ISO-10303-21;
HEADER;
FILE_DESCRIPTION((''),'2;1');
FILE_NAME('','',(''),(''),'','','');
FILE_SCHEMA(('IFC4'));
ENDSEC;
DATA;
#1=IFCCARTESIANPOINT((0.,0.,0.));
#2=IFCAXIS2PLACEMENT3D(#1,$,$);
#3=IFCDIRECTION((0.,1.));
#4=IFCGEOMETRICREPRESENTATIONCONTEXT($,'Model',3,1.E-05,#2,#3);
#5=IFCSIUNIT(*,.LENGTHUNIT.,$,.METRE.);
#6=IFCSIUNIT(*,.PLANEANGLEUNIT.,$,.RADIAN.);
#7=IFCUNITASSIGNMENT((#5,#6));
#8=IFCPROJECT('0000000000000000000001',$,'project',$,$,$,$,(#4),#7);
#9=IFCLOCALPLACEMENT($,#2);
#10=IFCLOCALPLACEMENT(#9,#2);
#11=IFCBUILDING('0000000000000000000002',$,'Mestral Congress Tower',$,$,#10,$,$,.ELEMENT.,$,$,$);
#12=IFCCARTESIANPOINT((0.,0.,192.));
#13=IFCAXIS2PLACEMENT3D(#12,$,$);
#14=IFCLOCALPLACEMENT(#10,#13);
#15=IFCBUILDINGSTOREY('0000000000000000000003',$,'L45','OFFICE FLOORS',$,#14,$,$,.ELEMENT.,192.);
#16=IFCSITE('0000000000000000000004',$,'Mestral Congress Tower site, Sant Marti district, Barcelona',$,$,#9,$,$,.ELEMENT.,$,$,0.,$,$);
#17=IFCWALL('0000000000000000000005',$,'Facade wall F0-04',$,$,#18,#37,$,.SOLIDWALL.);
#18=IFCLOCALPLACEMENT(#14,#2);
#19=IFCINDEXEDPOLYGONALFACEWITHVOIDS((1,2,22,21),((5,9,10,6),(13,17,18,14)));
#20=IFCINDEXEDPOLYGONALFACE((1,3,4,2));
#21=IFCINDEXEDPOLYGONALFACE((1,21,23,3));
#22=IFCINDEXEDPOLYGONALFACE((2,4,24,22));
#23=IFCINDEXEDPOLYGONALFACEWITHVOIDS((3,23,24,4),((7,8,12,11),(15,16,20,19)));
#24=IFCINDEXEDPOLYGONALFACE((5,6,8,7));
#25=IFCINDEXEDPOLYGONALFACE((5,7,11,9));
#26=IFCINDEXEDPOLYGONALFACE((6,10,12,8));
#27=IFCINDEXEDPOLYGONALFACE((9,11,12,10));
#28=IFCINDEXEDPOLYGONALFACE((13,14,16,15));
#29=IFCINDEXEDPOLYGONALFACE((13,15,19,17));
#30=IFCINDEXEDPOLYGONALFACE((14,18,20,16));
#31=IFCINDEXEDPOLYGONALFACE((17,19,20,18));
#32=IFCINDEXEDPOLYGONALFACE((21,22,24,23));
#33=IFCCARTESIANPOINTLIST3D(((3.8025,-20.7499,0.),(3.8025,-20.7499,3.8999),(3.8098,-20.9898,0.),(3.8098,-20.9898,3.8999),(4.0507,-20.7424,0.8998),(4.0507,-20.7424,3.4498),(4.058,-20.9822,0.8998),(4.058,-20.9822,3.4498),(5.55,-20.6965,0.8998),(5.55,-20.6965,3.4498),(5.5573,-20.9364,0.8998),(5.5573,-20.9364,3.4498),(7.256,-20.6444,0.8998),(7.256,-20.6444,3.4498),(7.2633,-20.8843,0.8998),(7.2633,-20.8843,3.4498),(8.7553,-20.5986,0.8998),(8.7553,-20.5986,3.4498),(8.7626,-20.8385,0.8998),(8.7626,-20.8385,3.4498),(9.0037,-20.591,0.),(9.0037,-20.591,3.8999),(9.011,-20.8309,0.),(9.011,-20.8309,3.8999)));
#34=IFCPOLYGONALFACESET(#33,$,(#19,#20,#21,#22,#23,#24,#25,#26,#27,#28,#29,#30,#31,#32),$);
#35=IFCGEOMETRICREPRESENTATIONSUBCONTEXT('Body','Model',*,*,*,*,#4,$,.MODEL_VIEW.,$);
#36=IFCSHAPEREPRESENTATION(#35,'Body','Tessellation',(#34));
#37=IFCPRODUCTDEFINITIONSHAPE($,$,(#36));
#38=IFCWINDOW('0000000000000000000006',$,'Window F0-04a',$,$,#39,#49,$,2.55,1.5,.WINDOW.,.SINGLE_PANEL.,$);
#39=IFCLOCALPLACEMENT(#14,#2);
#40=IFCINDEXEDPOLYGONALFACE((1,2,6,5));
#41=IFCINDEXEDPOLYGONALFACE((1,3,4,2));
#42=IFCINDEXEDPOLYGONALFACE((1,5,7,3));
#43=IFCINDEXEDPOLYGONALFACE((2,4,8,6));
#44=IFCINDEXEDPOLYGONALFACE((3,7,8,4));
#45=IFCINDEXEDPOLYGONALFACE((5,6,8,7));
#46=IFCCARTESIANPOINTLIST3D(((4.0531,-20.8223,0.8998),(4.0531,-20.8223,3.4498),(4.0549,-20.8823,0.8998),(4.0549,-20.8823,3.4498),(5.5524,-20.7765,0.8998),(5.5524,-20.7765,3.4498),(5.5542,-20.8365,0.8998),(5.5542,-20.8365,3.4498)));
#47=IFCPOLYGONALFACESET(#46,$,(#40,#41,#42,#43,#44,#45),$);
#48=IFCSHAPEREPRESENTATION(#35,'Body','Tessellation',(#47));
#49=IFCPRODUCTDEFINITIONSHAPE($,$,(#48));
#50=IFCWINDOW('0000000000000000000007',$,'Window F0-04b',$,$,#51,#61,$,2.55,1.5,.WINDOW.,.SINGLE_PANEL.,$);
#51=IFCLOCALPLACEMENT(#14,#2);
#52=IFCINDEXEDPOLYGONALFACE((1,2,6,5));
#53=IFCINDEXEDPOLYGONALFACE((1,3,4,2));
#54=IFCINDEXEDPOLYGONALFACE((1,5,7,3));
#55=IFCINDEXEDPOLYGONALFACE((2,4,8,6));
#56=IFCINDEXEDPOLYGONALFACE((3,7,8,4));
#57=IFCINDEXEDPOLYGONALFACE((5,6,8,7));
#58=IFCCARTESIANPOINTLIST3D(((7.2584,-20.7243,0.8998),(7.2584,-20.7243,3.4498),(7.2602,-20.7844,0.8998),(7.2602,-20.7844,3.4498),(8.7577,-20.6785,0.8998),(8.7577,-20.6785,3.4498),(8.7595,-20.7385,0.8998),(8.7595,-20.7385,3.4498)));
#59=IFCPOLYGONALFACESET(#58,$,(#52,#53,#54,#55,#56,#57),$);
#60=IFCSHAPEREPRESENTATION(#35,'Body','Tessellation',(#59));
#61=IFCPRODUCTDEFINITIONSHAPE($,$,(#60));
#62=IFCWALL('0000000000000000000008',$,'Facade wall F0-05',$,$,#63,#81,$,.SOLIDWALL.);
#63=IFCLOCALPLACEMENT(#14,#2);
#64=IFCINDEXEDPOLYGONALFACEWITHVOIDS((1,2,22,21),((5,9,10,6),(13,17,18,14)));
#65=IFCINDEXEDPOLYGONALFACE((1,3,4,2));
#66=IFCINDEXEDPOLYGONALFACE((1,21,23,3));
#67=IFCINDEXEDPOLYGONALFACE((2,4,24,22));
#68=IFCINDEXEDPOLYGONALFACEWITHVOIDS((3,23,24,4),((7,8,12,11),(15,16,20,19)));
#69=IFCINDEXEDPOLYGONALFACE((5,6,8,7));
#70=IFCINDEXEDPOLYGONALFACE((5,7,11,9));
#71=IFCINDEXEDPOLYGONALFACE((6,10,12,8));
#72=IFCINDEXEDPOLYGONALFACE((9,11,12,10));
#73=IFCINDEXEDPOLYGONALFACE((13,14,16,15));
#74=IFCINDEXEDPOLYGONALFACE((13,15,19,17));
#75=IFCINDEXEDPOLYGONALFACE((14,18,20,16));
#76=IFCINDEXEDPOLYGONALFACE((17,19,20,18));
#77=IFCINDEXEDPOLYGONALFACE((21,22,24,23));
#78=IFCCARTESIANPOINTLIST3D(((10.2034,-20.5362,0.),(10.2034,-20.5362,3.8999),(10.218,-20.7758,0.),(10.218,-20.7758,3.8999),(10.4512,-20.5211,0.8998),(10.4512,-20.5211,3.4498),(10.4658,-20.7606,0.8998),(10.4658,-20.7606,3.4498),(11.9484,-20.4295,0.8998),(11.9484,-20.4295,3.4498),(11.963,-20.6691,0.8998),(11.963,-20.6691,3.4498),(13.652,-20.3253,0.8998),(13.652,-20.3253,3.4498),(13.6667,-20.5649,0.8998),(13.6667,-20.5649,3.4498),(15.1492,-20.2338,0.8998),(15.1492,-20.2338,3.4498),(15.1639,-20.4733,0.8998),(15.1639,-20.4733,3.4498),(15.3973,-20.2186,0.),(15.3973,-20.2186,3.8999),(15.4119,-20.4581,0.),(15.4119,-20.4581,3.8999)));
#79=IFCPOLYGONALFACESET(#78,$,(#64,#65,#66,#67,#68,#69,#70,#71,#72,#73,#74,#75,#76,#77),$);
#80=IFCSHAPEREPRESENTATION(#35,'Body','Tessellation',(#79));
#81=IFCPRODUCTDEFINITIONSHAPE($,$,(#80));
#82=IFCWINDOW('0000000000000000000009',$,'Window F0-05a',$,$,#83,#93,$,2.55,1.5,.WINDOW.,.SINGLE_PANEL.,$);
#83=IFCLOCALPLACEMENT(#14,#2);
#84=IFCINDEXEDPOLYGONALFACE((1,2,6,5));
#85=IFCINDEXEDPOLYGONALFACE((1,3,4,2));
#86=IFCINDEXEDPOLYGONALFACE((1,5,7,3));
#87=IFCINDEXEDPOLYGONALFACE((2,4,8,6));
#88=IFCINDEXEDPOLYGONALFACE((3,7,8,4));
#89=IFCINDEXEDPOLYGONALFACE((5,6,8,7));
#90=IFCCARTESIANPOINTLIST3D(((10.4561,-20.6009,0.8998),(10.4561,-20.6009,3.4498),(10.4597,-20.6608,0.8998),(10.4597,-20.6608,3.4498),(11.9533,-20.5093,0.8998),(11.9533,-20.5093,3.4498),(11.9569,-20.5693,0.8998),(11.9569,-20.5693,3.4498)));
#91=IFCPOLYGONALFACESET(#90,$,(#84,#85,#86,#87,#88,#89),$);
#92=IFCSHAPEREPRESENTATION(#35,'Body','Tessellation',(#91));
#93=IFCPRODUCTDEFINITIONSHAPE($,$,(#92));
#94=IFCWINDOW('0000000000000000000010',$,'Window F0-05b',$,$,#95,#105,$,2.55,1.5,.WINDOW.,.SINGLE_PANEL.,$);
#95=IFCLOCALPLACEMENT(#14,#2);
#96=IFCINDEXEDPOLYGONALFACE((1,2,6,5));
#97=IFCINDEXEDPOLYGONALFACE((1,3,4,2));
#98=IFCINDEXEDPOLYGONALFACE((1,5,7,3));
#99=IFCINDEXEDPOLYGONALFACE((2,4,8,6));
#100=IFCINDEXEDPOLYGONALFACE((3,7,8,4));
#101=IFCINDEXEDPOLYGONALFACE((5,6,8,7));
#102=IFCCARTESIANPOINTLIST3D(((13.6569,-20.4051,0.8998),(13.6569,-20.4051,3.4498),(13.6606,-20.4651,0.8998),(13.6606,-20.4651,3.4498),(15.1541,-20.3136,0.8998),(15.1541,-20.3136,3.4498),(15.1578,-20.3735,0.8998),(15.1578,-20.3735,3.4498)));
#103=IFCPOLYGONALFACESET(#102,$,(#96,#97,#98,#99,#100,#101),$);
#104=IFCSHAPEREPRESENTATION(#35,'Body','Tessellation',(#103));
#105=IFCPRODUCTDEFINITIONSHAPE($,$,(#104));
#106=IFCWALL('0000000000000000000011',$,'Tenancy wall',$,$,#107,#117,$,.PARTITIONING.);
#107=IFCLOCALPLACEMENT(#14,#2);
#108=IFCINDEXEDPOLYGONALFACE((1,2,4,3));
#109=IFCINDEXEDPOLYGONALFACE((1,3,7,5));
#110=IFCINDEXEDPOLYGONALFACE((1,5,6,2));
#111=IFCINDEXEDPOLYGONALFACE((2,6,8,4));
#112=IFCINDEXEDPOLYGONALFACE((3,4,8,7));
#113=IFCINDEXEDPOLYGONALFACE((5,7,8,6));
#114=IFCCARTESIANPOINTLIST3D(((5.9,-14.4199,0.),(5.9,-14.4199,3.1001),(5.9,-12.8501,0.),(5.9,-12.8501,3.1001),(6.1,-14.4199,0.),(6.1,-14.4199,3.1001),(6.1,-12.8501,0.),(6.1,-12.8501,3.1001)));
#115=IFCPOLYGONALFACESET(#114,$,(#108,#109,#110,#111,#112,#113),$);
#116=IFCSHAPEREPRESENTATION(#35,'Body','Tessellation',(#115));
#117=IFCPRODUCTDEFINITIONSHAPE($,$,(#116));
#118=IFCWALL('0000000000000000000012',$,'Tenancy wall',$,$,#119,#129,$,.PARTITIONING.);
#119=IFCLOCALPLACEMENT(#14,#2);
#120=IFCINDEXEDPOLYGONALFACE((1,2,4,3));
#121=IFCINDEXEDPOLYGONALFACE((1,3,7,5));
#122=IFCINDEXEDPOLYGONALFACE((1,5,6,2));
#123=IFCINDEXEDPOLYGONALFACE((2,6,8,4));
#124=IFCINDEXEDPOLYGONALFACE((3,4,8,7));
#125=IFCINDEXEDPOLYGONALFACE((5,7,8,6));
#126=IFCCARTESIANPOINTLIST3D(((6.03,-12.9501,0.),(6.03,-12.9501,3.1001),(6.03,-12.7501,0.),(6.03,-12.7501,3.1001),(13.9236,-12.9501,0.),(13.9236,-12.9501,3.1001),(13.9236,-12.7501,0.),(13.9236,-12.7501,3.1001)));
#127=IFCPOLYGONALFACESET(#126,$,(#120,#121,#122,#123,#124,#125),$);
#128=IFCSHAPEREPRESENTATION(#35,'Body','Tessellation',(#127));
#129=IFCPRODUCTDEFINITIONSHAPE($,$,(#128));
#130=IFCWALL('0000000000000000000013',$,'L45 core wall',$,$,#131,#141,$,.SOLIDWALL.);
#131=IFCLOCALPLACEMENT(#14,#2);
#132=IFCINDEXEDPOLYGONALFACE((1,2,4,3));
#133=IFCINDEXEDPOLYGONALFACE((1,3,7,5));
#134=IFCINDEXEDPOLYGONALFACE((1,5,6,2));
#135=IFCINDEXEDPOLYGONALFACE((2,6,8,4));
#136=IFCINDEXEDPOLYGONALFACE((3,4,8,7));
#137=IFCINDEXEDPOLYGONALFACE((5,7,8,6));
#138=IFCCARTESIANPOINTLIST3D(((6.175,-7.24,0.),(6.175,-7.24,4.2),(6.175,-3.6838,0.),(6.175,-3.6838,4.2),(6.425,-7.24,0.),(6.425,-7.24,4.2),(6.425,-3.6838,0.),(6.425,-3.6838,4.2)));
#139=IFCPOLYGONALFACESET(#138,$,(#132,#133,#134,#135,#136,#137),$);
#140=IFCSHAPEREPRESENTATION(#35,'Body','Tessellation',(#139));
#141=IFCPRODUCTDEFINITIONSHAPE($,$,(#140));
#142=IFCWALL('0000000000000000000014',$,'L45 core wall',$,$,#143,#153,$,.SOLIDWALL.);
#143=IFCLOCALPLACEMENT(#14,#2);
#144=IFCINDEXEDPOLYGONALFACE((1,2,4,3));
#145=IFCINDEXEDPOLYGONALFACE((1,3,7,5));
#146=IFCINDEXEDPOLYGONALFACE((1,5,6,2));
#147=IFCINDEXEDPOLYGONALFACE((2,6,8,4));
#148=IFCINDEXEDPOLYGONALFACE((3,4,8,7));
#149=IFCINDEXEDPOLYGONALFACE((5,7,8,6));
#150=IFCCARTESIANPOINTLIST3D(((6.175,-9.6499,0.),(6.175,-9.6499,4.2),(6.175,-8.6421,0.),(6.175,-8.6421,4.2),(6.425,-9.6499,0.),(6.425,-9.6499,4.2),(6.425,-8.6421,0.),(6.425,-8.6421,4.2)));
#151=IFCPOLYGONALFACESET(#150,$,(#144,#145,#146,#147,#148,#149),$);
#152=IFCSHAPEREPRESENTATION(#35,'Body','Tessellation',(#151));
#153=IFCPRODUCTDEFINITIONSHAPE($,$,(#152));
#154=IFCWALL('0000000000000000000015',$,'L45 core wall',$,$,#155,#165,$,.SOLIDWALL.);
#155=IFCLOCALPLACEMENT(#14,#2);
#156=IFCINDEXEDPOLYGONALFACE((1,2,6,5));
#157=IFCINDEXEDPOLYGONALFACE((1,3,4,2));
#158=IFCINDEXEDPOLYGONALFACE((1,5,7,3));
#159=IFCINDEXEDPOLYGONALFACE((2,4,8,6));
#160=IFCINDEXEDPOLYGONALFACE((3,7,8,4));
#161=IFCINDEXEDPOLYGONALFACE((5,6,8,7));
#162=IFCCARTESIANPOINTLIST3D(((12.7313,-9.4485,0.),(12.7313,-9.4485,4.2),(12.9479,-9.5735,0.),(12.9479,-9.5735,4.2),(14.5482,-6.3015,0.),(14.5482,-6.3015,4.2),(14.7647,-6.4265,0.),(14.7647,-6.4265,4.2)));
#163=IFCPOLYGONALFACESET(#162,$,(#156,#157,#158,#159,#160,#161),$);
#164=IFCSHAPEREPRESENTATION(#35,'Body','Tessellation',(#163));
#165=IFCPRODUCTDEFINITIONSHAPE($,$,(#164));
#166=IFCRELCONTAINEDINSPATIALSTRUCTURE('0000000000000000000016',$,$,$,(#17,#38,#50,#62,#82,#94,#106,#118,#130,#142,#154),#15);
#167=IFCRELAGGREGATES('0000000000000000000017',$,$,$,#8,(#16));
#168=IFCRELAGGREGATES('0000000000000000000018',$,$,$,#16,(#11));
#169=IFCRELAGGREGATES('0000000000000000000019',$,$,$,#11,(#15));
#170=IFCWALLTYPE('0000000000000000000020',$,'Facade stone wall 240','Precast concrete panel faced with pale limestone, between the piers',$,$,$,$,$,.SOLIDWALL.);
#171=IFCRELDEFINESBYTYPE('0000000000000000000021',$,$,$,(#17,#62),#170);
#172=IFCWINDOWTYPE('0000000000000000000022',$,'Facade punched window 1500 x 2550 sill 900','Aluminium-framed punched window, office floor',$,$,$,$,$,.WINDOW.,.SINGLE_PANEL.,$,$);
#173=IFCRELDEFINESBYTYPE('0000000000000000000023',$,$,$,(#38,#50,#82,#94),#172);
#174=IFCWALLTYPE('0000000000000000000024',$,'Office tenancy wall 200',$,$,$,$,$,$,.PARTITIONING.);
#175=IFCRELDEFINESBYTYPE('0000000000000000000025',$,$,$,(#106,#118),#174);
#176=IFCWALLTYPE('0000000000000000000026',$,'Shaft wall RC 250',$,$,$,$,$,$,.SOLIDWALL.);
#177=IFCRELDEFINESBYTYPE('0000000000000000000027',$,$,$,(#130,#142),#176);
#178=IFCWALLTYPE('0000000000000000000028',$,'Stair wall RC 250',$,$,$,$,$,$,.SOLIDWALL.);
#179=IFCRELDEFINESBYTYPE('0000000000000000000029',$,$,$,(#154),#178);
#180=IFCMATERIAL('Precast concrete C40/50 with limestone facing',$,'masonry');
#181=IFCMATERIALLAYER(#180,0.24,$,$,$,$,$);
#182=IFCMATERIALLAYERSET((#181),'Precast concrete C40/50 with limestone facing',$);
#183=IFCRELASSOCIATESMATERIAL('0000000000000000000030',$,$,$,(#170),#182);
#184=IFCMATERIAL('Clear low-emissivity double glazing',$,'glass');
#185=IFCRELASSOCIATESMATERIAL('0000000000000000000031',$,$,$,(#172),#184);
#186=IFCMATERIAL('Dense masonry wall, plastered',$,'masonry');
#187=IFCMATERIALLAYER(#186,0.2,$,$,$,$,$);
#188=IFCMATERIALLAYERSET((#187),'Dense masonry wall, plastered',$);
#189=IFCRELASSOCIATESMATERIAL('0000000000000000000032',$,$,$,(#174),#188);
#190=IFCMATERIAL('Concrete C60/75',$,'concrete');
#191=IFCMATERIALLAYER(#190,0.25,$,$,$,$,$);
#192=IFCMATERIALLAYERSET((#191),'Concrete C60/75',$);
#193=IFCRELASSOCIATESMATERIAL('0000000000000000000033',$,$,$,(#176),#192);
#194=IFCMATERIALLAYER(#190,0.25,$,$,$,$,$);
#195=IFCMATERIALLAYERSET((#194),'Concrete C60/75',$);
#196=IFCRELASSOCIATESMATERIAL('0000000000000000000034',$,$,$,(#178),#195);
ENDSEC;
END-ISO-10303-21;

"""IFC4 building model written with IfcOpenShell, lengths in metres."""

from ifc_helpers import new_model, si_unit, direction, frame, frame_2d, origin, place, context, subcontext, project, spatial, rectangle, extrude, material, layer, layer_set, type_object, element, fill, save


model = new_model("IFC4")

# Units and contexts
model_context = context("Model", 3, precision=1e-05, world=origin(), true_north=direction((0.0, 1.0)))
body_context = subcontext(model_context, "Body", "Model", "MODEL_VIEW")
ifc_project = project(units=[si_unit("LENGTHUNIT", "METRE"), si_unit("PLANEANGLEUNIT", "RADIAN")], contexts=[model_context])

# Site, building, storey
site_placement = place(None, origin())
site = spatial("IfcSite", under=ifc_project, at=site_placement, Name="Mestral Congress Tower site, Sant Marti district, Barcelona", CompositionType="ELEMENT", RefElevation=0.0)
building_placement = place(site_placement, origin())
building = spatial("IfcBuilding", under=site, at=building_placement, Name="Mestral Congress Tower", CompositionType="ELEMENT")
storey_placement = place(building_placement, frame((0.0, 0.0, 192.0)))
storey = spatial("IfcBuildingStorey", under=building, at=storey_placement, Name="L45", Description="OFFICE FLOORS", CompositionType="ELEMENT", Elevation=192.0)

# Shared definitions
ifc_material_1 = material(Name="Concrete C60/75", Category="concrete")

# Walls, openings, windows
ifc_material_2 = material(Name="Precast concrete C40/50 with limestone facing", Category="masonry")
ifc_layer_1 = layer(ifc_material_2, 0.24)
ifc_layer_set_1 = layer_set([ifc_layer_1], Name="Precast concrete C40/50 with limestone facing")
wall_type_1 = type_object("IfcWallType", Name="Facade stone wall 240", Description="Precast concrete panel faced with pale limestone, between the piers", PredefinedType="SOLIDWALL", material=ifc_layer_set_1)
wall_1_placement = place(storey_placement, frame((3.8062, -20.8699, 0.0), z_axis=(0.0, 0.0, 1.0), x_axis=(0.999533, 0.030543, 0.0)))
wall_1 = element("IfcWall", 1, at=wall_1_placement, inside=storey, type_object=wall_type_1, Name="Facade wall F0-04", PredefinedType="SOLIDWALL", context=body_context, shape_type="SweptSolid", body=[
    extrude(rectangle(XDim=5.2036, YDim=0.24, at=frame_2d((2.6018, 0.0))), origin(), (0.0, 0.0, 1.0), 3.8999),
])
opening_1_placement = place(wall_1_placement, frame((0.2483, 0.0, 0.8999)))
opening_1 = element("IfcOpeningElement", 2, at=opening_1_placement, cuts=wall_1, PredefinedType="OPENING", context=body_context, shape_type="SweptSolid", body=[
    extrude(rectangle(XDim=1.5, YDim=2.55, at=frame_2d((0.75, 1.2749))), frame((0.0, 0.1299, 0.0), z_axis=(0.0, -1.0, 0.0), x_axis=(1.0, 0.0, 0.0)), (0.0, 0.0, 1.0), 0.26),
])
opening_2_placement = place(wall_1_placement, frame((3.4551, 0.0, 0.8999)))
opening_2 = element("IfcOpeningElement", 3, at=opening_2_placement, cuts=wall_1, PredefinedType="OPENING", context=body_context, shape_type="SweptSolid", body=[
    extrude(rectangle(XDim=1.5, YDim=2.55, at=frame_2d((0.75, 1.2749))), frame((0.0, 0.1299, 0.0), z_axis=(0.0, -1.0, 0.0), x_axis=(1.0, 0.0, 0.0)), (0.0, 0.0, 1.0), 0.26),
])
ifc_material_3 = material(Name="Clear low-emissivity double glazing", Category="glass")
window_type = type_object("IfcWindowType", Name="Facade punched window 1500 x 2550 sill 900", Description="Aluminium-framed punched window, office floor", PartitioningType="SINGLE_PANEL", PredefinedType="WINDOW", material=ifc_material_3)
window_1_placement = place(opening_1_placement, origin())
window_1 = element("IfcWindow", 4, at=window_1_placement, inside=storey, type_object=window_type, Name="Window F0-04a", OverallHeight=2.55, OverallWidth=1.5, PartitioningType="SINGLE_PANEL", PredefinedType="WINDOW", context=body_context, shape_type="SweptSolid", body=[
    extrude(rectangle(XDim=1.5, YDim=2.55, at=frame_2d((0.75, 1.2749))), frame((0.0, 0.04, 0.0), z_axis=(0.0, -1.0, 0.0), x_axis=(1.0, 0.0, 0.0)), (0.0, 0.0, 1.0), 0.0601),
])
fill(opening_1, window_1)
window_2_placement = place(opening_2_placement, origin())
window_2 = element("IfcWindow", 5, at=window_2_placement, inside=storey, type_object=window_type, Name="Window F0-04b", OverallHeight=2.55, OverallWidth=1.5, PartitioningType="SINGLE_PANEL", PredefinedType="WINDOW", context=body_context, shape_type="SweptSolid", body=[
    extrude(rectangle(XDim=1.5, YDim=2.55, at=frame_2d((0.75, 1.2749))), frame((0.0, 0.04, 0.0), z_axis=(0.0, -1.0, 0.0), x_axis=(1.0, 0.0, 0.0)), (0.0, 0.0, 1.0), 0.0601),
])
fill(opening_2, window_2)
wall_2_placement = place(storey_placement, frame((10.2107, -20.656, 0.0), z_axis=(0.0, 0.0, 1.0), x_axis=(0.998135, 0.06104, 0.0)))
wall_2 = element("IfcWall", 6, at=wall_2_placement, inside=storey, type_object=wall_type_1, Name="Facade wall F0-05", PredefinedType="SOLIDWALL", context=body_context, shape_type="SweptSolid", body=[
    extrude(rectangle(XDim=5.2036, YDim=0.24, at=frame_2d((2.6018, 0.0))), origin(), (0.0, 0.0, 1.0), 3.8999),
])
opening_3_placement = place(wall_2_placement, frame((0.2483, 0.0, 0.8999)))
opening_3 = element("IfcOpeningElement", 7, at=opening_3_placement, cuts=wall_2, PredefinedType="OPENING", context=body_context, shape_type="SweptSolid", body=[
    extrude(rectangle(XDim=1.5, YDim=2.55, at=frame_2d((0.75, 1.2749))), frame((0.0, 0.1299, 0.0), z_axis=(0.0, -1.0, 0.0), x_axis=(1.0, 0.0, 0.0)), (0.0, 0.0, 1.0), 0.26),
])
opening_4_placement = place(wall_2_placement, frame((3.4551, 0.0, 0.8999)))
opening_4 = element("IfcOpeningElement", 8, at=opening_4_placement, cuts=wall_2, PredefinedType="OPENING", context=body_context, shape_type="SweptSolid", body=[
    extrude(rectangle(XDim=1.5, YDim=2.55, at=frame_2d((0.75, 1.2749))), frame((0.0, 0.1299, 0.0), z_axis=(0.0, -1.0, 0.0), x_axis=(1.0, 0.0, 0.0)), (0.0, 0.0, 1.0), 0.26),
])
window_3_placement = place(opening_3_placement, origin())
window_3 = element("IfcWindow", 9, at=window_3_placement, inside=storey, type_object=window_type, Name="Window F0-05a", OverallHeight=2.55, OverallWidth=1.5, PartitioningType="SINGLE_PANEL", PredefinedType="WINDOW", context=body_context, shape_type="SweptSolid", body=[
    extrude(rectangle(XDim=1.5, YDim=2.55, at=frame_2d((0.75, 1.2749))), frame((0.0, 0.04, 0.0), z_axis=(0.0, -1.0, 0.0), x_axis=(1.0, 0.0, 0.0)), (0.0, 0.0, 1.0), 0.0601),
])
fill(opening_3, window_3)
window_4_placement = place(opening_4_placement, origin())
window_4 = element("IfcWindow", 10, at=window_4_placement, inside=storey, type_object=window_type, Name="Window F0-05b", OverallHeight=2.55, OverallWidth=1.5, PartitioningType="SINGLE_PANEL", PredefinedType="WINDOW", context=body_context, shape_type="SweptSolid", body=[
    extrude(rectangle(XDim=1.5, YDim=2.55, at=frame_2d((0.75, 1.2749))), frame((0.0, 0.04, 0.0), z_axis=(0.0, -1.0, 0.0), x_axis=(1.0, 0.0, 0.0)), (0.0, 0.0, 1.0), 0.0601),
])
fill(opening_4, window_4)

# Walls
ifc_material_4 = material(Name="Dense masonry wall, plastered", Category="masonry")
ifc_layer_2 = layer(ifc_material_4, 0.2)
ifc_layer_set_2 = layer_set([ifc_layer_2], Name="Dense masonry wall, plastered")
wall_type_2 = type_object("IfcWallType", Name="Office tenancy wall 200", PredefinedType="PARTITIONING", material=ifc_layer_set_2)
wall_3_placement = place(storey_placement, frame((6.0, -14.4199, 0.0), z_axis=(0.0, 0.0, 1.0), x_axis=(0.0, 1.0, 0.0)))
element("IfcWall", 11, at=wall_3_placement, inside=storey, type_object=wall_type_2, Name="Tenancy wall", PredefinedType="PARTITIONING", context=body_context, shape_type="SweptSolid", body=[
    extrude(rectangle(XDim=1.5698, YDim=0.2, at=frame_2d((0.7849, 0.0))), origin(), (0.0, 0.0, 1.0), 3.1001),
])
wall_4_placement = place(storey_placement, frame((6.03, -12.8501, 0.0), z_axis=(0.0, 0.0, 1.0), x_axis=(1.0, 0.0, 0.0)))
element("IfcWall", 12, at=wall_4_placement, inside=storey, type_object=wall_type_2, Name="Tenancy wall", PredefinedType="PARTITIONING", context=body_context, shape_type="SweptSolid", body=[
    extrude(rectangle(XDim=7.8936, YDim=0.2, at=frame_2d((3.9468, 0.0))), origin(), (0.0, 0.0, 1.0), 3.1001),
])
ifc_layer_3 = layer(ifc_material_1, 0.25)
ifc_layer_set_3 = layer_set([ifc_layer_3], Name="Concrete C60/75")
wall_type_3 = type_object("IfcWallType", Name="Shaft wall RC 250", PredefinedType="SOLIDWALL", material=ifc_layer_set_3)
wall_5_placement = place(storey_placement, frame((6.3, -7.24, 0.0), z_axis=(0.0, 0.0, 1.0), x_axis=(0.0, 1.0, 0.0)))
element("IfcWall", 13, at=wall_5_placement, inside=storey, type_object=wall_type_3, Name="L45 core wall", PredefinedType="SOLIDWALL", context=body_context, shape_type="SweptSolid", body=[
    extrude(rectangle(XDim=3.5562, YDim=0.25, at=frame_2d((1.7781, 0.0))), origin(), (0.0, 0.0, 1.0), 4.2),
])
wall_6_placement = place(storey_placement, frame((6.3, -9.6499, 0.0), z_axis=(0.0, 0.0, 1.0), x_axis=(0.0, 1.0, 0.0)))
element("IfcWall", 14, at=wall_6_placement, inside=storey, type_object=wall_type_3, Name="L45 core wall", PredefinedType="SOLIDWALL", context=body_context, shape_type="SweptSolid", body=[
    extrude(rectangle(XDim=1.0078, YDim=0.25, at=frame_2d((0.5039, 0.0))), origin(), (0.0, 0.0, 1.0), 4.2),
])
ifc_layer_4 = layer(ifc_material_1, 0.25)
ifc_layer_set_4 = layer_set([ifc_layer_4], Name="Concrete C60/75")
wall_type_4 = type_object("IfcWallType", Name="Stair wall RC 250", PredefinedType="SOLIDWALL", material=ifc_layer_set_4)
wall_7_placement = place(storey_placement, frame((12.8396, -9.511, 0.0), z_axis=(0.0, 0.0, 1.0), x_axis=(0.499998, 0.866027, 0.0)))
element("IfcWall", 15, at=wall_7_placement, inside=storey, type_object=wall_type_4, Name="L45 core wall", PredefinedType="SOLIDWALL", context=body_context, shape_type="SweptSolid", body=[
    extrude(rectangle(XDim=3.6338, YDim=0.25, at=frame_2d((1.8169, 0.0))), origin(), (0.0, 0.0, 1.0), 4.2),
])

save(model, "model.ifc")
